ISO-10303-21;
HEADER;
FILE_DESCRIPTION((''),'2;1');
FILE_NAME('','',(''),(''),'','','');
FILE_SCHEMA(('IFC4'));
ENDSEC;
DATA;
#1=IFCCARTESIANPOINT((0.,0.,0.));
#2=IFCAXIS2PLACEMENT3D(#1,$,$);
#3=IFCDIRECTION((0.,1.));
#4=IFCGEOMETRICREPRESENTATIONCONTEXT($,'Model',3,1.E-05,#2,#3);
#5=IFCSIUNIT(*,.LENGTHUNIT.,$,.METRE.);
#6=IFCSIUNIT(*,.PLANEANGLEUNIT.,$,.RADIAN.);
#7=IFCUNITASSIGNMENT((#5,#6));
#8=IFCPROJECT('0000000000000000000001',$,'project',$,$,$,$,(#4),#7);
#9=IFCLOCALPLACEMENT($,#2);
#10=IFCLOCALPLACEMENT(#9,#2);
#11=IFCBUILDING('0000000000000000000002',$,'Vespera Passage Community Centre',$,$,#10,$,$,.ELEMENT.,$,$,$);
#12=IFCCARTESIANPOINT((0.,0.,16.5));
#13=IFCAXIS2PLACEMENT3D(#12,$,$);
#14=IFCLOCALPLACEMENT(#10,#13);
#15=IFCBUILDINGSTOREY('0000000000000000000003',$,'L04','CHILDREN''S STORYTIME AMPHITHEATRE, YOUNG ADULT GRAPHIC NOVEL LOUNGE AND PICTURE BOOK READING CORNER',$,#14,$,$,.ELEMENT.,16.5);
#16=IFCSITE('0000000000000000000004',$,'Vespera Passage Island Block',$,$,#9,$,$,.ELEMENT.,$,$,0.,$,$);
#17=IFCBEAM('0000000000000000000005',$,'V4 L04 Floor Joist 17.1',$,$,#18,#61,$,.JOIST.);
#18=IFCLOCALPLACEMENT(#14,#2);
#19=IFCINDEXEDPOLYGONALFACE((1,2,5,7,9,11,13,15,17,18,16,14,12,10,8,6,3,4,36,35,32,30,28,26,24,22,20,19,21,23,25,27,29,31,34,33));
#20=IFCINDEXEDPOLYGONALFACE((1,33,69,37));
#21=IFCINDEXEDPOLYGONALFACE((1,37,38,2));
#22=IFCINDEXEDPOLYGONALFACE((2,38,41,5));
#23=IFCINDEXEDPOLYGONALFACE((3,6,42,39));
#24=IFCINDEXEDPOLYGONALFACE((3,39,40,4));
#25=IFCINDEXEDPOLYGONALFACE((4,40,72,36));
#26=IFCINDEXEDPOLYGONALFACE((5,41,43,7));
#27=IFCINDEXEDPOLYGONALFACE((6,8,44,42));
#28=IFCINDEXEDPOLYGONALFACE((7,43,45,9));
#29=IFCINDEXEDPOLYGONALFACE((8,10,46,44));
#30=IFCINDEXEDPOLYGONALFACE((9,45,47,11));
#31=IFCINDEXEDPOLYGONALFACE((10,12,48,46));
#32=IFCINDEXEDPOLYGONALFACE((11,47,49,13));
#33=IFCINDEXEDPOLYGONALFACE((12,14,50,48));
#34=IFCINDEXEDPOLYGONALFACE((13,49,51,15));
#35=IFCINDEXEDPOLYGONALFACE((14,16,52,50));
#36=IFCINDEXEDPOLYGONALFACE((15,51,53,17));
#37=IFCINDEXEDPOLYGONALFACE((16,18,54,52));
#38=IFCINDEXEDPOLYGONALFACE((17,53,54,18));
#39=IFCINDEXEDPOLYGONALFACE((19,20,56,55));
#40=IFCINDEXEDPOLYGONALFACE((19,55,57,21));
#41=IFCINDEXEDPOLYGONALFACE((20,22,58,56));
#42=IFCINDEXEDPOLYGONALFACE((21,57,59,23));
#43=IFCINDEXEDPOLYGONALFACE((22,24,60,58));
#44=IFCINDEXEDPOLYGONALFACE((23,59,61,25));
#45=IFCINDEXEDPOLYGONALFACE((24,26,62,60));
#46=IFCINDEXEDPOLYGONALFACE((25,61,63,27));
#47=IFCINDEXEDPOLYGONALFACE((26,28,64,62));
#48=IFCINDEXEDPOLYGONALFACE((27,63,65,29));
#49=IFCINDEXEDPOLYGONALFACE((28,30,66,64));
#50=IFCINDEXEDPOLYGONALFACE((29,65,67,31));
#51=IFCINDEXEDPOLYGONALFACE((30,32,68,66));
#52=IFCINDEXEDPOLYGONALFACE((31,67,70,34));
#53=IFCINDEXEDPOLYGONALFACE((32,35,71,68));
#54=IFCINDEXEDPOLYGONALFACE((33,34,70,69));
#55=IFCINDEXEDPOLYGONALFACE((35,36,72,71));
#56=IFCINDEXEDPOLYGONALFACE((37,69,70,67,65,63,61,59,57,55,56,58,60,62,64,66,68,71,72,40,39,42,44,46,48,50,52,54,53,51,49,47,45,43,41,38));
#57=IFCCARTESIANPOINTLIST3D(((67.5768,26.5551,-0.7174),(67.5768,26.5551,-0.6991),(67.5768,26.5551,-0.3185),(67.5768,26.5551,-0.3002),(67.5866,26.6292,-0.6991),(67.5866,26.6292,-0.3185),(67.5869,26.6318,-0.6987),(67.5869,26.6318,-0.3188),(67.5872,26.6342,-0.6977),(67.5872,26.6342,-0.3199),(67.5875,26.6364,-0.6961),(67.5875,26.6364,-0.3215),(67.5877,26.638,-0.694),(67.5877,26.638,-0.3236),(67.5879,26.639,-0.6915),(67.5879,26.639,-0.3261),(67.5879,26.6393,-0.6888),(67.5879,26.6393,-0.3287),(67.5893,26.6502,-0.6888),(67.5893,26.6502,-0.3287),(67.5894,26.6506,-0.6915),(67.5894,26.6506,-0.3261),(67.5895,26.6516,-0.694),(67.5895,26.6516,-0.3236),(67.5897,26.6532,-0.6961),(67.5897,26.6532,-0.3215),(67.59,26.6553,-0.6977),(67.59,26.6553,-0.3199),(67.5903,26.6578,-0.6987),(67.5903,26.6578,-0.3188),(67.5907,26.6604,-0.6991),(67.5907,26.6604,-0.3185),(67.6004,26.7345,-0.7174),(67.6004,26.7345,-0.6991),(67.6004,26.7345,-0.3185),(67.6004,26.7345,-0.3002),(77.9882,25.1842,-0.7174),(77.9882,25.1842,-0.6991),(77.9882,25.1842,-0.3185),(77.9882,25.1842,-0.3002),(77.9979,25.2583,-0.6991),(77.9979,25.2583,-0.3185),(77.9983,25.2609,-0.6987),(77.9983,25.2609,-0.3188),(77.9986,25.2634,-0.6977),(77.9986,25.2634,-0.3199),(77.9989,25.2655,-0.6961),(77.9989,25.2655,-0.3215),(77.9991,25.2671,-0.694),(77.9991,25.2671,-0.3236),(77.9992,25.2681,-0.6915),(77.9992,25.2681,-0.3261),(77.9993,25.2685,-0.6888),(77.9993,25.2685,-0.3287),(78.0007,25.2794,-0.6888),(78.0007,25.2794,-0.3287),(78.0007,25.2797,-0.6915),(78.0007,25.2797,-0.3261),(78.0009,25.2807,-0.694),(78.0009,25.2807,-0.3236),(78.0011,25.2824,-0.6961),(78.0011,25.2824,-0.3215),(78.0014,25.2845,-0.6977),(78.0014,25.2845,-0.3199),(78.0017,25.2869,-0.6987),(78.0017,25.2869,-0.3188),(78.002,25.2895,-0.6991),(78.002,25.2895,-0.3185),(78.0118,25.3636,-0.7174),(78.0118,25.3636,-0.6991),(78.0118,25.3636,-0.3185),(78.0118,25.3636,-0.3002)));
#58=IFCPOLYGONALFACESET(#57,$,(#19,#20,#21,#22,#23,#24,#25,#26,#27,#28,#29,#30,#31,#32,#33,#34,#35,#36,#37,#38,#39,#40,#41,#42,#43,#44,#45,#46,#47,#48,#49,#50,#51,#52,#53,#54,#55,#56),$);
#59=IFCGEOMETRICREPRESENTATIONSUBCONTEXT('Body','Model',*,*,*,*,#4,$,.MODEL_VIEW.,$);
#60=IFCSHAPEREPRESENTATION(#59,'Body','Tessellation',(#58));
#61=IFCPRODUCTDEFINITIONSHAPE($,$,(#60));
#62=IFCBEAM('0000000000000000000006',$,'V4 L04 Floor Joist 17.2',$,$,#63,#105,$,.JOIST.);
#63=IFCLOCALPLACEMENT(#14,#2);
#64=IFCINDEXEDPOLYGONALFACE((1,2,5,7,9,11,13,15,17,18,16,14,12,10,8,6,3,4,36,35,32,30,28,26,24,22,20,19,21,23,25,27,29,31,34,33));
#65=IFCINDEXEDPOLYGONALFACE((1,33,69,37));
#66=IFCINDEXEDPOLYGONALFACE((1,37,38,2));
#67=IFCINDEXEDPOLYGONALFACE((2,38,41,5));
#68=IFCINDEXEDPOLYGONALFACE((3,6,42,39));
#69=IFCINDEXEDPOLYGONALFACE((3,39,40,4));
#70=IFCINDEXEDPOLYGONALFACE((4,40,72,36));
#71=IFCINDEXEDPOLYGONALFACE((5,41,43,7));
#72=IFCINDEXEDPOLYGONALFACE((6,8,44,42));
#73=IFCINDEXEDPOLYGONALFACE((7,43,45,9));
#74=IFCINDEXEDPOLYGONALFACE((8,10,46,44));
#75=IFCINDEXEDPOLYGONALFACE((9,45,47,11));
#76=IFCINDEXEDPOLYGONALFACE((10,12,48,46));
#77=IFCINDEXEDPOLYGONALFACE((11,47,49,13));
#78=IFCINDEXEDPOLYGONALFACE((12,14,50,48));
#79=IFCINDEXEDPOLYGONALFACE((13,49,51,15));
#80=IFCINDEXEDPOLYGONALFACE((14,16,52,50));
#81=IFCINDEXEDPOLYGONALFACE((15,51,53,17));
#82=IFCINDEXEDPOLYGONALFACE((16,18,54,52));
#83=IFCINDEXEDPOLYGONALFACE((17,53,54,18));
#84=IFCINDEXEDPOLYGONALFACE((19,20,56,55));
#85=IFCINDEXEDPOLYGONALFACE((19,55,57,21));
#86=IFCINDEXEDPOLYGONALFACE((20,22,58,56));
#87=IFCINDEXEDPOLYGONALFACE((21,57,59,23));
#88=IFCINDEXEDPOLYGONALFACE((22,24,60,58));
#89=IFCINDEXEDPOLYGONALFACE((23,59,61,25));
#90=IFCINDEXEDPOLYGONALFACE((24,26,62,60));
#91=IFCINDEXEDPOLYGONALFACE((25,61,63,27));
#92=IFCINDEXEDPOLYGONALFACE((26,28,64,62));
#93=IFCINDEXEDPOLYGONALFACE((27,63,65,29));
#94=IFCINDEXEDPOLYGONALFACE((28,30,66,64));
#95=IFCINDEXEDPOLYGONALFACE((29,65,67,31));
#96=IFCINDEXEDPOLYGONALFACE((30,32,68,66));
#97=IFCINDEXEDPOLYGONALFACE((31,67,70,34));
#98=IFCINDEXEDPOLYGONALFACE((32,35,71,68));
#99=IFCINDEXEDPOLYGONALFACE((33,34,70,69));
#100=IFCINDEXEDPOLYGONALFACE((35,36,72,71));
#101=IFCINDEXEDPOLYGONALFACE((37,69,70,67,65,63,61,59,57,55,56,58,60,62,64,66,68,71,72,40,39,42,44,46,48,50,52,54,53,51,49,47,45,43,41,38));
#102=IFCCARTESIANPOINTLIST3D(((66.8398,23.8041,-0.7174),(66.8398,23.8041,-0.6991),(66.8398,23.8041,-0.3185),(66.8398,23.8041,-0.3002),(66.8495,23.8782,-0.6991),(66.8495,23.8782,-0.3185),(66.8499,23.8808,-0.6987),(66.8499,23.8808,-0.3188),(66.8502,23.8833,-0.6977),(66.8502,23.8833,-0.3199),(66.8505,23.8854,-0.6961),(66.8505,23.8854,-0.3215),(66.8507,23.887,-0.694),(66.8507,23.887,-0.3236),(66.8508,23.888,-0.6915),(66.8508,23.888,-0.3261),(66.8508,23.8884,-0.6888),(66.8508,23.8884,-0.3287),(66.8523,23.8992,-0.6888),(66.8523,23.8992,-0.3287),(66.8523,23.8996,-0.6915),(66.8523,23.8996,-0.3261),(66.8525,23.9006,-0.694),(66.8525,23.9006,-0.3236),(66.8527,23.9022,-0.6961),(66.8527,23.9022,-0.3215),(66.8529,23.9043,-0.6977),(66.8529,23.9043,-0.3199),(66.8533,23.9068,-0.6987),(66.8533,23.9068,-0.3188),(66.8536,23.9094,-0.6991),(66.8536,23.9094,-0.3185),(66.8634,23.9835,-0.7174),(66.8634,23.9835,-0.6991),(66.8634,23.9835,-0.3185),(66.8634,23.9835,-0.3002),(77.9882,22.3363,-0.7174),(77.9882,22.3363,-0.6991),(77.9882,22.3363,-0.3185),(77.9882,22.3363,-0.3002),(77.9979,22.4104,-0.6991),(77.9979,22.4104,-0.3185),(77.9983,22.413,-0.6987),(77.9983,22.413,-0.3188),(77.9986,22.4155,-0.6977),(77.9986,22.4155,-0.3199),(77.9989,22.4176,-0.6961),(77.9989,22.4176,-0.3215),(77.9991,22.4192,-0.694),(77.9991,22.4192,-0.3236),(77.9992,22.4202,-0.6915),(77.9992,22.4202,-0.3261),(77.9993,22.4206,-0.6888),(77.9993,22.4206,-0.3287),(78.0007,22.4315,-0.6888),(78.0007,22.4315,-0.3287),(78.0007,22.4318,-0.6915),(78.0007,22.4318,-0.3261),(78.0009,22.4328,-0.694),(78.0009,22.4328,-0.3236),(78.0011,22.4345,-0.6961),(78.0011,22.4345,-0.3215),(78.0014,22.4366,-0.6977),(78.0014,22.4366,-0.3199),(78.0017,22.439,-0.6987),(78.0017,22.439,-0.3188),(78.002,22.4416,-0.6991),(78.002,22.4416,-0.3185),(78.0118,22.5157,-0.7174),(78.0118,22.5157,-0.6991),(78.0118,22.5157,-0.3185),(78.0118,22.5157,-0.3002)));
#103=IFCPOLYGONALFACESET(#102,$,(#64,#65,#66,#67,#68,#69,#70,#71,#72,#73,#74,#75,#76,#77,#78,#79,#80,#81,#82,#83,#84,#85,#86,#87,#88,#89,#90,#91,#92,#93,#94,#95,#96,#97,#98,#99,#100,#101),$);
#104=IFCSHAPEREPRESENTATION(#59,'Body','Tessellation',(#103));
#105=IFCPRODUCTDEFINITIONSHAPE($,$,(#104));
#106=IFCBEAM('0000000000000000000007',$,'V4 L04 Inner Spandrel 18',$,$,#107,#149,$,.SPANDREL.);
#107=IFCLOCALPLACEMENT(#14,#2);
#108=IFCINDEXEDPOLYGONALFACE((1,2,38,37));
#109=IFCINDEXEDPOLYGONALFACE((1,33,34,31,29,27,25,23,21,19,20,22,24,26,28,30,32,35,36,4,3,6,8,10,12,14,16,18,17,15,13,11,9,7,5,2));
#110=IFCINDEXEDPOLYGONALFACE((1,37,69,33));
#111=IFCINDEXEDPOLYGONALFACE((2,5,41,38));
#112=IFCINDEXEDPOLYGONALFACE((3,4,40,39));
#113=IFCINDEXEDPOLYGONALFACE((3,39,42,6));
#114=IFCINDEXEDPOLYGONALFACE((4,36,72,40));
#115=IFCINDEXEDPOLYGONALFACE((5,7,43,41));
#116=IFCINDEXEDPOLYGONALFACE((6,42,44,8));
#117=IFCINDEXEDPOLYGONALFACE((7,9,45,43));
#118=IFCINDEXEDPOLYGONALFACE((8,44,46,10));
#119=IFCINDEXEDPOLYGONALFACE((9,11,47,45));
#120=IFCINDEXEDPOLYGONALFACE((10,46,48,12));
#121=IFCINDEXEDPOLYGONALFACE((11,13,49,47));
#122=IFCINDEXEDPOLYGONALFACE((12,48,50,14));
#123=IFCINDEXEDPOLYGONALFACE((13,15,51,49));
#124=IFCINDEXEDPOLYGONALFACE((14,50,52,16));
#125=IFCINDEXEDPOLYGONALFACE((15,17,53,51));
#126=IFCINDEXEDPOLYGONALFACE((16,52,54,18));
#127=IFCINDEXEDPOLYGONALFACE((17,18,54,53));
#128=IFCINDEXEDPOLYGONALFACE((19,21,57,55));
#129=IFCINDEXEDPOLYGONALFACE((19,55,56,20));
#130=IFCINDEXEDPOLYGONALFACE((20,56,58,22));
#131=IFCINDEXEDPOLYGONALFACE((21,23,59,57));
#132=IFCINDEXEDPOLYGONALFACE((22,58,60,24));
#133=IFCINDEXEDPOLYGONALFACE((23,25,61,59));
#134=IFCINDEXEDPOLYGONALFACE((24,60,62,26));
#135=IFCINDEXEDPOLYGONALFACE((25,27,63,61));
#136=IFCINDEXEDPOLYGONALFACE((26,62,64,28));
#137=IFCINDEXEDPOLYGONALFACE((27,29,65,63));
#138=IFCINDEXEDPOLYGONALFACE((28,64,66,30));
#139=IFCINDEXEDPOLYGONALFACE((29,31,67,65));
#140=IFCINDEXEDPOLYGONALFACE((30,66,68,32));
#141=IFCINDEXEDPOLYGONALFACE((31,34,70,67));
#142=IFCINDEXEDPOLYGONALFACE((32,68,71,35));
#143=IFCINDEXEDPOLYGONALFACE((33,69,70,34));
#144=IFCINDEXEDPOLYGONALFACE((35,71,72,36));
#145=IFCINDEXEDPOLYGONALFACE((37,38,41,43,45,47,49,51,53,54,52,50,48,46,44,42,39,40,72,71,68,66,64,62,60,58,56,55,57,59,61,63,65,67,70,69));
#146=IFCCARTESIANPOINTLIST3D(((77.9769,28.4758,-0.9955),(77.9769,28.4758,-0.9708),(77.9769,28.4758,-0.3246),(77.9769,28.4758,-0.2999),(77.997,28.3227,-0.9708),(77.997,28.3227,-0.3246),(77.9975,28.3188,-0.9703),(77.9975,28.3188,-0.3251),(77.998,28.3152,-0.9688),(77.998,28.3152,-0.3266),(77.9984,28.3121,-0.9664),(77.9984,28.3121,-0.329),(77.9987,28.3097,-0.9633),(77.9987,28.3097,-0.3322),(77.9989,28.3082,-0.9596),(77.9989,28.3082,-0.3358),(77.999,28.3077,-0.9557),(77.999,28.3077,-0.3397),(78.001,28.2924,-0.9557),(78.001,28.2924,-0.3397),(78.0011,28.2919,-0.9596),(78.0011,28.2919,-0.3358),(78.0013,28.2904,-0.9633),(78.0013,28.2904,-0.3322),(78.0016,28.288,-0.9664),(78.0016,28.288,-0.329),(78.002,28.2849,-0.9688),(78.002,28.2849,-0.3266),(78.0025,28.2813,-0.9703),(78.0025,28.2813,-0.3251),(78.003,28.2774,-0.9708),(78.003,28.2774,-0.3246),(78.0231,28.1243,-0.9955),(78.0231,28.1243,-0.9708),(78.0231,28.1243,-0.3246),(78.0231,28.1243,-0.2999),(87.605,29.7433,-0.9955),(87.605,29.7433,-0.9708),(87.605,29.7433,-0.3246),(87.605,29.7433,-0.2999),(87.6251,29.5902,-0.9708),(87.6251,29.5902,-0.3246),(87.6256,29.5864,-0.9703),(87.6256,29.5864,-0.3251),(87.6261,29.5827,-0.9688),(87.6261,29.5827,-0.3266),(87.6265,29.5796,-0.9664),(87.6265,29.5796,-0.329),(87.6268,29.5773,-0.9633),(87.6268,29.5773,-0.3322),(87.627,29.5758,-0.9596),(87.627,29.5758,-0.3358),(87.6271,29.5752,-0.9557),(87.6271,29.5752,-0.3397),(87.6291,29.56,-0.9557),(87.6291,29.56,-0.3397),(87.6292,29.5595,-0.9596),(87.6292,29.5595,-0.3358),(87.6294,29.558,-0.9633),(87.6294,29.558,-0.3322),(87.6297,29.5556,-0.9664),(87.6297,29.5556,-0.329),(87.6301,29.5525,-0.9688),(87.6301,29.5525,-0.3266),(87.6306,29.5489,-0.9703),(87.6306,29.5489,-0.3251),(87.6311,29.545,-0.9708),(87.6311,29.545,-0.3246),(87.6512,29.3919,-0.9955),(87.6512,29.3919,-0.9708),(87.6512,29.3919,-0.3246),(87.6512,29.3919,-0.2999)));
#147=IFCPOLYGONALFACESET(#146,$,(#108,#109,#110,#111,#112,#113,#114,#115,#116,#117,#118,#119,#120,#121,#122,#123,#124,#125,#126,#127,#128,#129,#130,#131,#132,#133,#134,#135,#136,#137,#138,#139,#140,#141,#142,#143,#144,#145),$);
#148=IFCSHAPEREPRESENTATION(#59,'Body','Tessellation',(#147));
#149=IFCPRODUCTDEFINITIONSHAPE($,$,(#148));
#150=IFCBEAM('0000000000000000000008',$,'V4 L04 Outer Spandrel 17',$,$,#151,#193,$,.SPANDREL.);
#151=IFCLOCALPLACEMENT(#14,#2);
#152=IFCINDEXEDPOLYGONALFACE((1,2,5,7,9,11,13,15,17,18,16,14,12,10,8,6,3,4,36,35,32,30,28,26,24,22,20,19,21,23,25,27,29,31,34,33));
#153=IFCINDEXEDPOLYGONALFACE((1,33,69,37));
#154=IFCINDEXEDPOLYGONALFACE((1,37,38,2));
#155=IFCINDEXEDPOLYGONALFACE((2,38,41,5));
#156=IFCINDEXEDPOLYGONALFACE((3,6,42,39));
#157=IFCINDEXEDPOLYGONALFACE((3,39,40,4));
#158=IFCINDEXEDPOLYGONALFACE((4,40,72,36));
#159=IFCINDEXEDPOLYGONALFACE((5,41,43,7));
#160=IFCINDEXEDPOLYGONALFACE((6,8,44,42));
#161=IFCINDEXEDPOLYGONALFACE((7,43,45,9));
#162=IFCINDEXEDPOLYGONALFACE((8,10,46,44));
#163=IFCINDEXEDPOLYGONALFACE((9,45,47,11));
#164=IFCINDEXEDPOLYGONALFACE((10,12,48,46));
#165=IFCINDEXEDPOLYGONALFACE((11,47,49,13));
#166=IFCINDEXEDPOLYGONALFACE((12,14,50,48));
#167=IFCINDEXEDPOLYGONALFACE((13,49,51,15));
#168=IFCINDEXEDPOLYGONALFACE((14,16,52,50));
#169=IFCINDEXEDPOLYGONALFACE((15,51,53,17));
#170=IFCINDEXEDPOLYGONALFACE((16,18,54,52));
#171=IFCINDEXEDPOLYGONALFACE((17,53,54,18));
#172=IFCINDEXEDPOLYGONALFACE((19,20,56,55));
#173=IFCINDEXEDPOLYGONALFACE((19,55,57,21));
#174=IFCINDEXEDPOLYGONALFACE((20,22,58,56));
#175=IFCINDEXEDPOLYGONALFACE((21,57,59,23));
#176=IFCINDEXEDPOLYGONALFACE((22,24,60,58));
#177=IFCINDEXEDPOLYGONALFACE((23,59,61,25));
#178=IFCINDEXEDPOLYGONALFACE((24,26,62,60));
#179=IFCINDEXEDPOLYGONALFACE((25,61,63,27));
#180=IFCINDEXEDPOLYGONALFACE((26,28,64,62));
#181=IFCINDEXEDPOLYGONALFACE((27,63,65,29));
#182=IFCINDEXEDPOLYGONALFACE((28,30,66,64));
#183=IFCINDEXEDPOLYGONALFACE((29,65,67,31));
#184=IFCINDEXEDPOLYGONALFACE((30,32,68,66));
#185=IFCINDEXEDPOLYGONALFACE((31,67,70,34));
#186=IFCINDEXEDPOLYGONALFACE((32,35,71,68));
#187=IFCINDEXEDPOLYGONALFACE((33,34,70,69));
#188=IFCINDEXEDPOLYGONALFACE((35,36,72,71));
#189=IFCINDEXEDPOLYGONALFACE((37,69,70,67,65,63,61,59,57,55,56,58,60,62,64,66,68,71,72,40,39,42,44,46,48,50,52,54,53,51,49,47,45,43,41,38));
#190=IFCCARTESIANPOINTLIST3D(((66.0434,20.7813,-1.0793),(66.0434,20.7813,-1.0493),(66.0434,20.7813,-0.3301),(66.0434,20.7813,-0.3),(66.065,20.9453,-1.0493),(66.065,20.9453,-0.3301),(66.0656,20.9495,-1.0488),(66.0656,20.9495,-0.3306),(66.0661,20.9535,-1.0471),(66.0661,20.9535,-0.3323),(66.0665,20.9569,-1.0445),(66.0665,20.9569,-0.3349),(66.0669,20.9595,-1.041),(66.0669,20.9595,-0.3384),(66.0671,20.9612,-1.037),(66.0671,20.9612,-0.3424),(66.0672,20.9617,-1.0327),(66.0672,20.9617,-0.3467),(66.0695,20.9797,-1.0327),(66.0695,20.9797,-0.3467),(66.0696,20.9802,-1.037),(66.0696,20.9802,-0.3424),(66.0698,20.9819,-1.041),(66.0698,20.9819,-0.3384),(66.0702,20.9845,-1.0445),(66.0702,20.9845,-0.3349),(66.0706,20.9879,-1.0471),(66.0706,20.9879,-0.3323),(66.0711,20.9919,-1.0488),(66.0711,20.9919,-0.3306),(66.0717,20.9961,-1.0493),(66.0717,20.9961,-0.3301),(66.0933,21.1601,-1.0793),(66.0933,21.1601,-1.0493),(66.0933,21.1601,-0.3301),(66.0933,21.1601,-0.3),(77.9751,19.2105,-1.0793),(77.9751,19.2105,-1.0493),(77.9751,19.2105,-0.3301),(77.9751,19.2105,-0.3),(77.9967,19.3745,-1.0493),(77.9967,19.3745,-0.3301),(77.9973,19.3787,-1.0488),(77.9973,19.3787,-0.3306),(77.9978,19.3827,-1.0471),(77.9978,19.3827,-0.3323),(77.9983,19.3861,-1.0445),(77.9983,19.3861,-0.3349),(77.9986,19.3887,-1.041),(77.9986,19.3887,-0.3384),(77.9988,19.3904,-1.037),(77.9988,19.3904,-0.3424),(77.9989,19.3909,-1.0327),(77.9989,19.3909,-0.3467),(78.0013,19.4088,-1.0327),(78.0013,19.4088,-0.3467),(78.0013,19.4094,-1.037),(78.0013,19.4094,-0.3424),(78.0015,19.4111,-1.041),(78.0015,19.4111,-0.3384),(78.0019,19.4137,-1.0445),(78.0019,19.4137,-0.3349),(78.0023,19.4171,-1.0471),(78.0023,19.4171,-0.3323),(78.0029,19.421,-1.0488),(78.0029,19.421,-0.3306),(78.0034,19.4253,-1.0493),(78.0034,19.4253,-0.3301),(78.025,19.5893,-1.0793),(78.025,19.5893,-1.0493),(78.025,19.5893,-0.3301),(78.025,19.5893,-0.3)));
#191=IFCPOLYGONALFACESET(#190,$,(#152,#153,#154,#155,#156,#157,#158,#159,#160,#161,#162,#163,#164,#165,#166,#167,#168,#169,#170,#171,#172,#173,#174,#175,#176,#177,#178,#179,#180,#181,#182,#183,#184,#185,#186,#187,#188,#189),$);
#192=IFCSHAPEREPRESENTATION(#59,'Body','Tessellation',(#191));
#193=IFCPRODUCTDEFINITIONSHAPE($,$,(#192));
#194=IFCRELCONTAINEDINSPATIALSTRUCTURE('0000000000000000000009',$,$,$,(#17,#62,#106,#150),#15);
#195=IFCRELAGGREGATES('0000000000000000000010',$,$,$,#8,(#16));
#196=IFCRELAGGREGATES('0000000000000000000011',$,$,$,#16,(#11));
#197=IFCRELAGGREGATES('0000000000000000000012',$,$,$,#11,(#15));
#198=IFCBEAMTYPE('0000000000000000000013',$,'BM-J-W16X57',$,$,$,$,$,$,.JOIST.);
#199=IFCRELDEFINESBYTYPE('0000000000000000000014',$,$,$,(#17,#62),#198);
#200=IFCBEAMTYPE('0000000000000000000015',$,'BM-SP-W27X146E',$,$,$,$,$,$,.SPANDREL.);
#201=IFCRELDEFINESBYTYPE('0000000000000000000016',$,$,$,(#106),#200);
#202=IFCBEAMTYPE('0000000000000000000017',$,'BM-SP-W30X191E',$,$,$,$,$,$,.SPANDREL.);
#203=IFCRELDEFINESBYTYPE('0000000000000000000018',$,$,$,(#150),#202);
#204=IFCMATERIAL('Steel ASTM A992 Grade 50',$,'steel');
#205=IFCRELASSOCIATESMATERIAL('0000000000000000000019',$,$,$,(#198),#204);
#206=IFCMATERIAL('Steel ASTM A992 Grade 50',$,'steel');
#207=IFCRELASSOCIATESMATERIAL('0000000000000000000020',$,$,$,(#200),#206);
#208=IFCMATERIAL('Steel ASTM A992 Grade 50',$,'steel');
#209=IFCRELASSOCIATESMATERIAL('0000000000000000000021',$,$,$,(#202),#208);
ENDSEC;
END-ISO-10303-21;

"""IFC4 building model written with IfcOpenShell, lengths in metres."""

from ifc_helpers import new_model, si_unit, direction, frame, origin, origin_2d, place, context, subcontext, project, spatial, i_section, extrude, material, material_profile, profile_set, type_object, element, save


model = new_model("IFC4")

# Units and contexts
model_context = context("Model", 3, precision=1e-05, world=origin(), true_north=direction((0.0, 1.0)))
body_context = subcontext(model_context, "Body", "Model", "MODEL_VIEW")
ifc_project = project(units=[si_unit("LENGTHUNIT", "METRE"), si_unit("PLANEANGLEUNIT", "RADIAN")], contexts=[model_context])

# Site, building, storey
site_placement = place(None, origin())
site = spatial("IfcSite", under=ifc_project, at=site_placement, Name="Vespera Passage Island Block", CompositionType="ELEMENT", RefElevation=0.0)
building_placement = place(site_placement, origin())
building = spatial("IfcBuilding", under=site, at=building_placement, Name="Vespera Passage Community Centre", CompositionType="ELEMENT")
storey_placement = place(building_placement, frame((0.0, 0.0, 16.5)))
storey = spatial("IfcBuildingStorey", under=building, at=storey_placement, Name="L04", Description="CHILDREN'S STORYTIME AMPHITHEATRE, YOUNG ADULT GRAPHIC NOVEL LOUNGE AND PICTURE BOOK READING CORNER", CompositionType="ELEMENT", Elevation=16.5)

# Beams
ifc_material_1 = material(Name="Steel ASTM A992 Grade 50", Category="steel")
ifc_material_profile_1 = material_profile(ifc_material_1, i_section(OverallWidth=0.1809, OverallDepth=0.4172, WebThickness=0.011, FlangeThickness=0.0183, FilletRadius=0.0103, at=origin_2d()), Name="W16X57")
ifc_profile_set_1 = profile_set([ifc_material_profile_1], Name="Steel ASTM A992 Grade 50")
beam_type_1 = type_object("IfcBeamType", Name="BM-J-W16X57", PredefinedType="JOIST", material=ifc_profile_set_1)
beam_1_placement = place(storey_placement, frame((67.5886, 26.6448, -0.5088), z_axis=(0.991443, -0.130542, 0.0), x_axis=(0.130542, 0.991443, 0.0)))
element("IfcBeam", 1, at=beam_1_placement, inside=storey, type_object=beam_type_1, Name="V4 L04 Floor Joist 17.1", PredefinedType="JOIST", context=body_context, shape_type="SweptSolid", body=[
    extrude(i_section(OverallWidth=0.1809, OverallDepth=0.4172, WebThickness=0.011, FlangeThickness=0.0183, FilletRadius=0.0103, at=origin_2d()), origin(), (0.0, 0.0, 1.0), 10.5012),
])
beam_2_placement = place(storey_placement, frame((66.8516, 23.8938, -0.5088), z_axis=(0.991444, -0.130531, 0.0), x_axis=(0.130531, 0.991444, 0.0)))
element("IfcBeam", 2, at=beam_2_placement, inside=storey, type_object=beam_type_1, Name="V4 L04 Floor Joist 17.2", PredefinedType="JOIST", context=body_context, shape_type="SweptSolid", body=[
    extrude(i_section(OverallWidth=0.1809, OverallDepth=0.4172, WebThickness=0.011, FlangeThickness=0.0183, FilletRadius=0.0103, at=origin_2d()), origin(), (0.0, 0.0, 1.0), 11.2446),
])
ifc_material_2 = material(Name="Steel ASTM A992 Grade 50", Category="steel")
ifc_material_profile_2 = material_profile(ifc_material_2, i_section(OverallWidth=0.3545, OverallDepth=0.6956, WebThickness=0.0154, FlangeThickness=0.0247, FilletRadius=0.0151, at=origin_2d()), Name="W27X146")
ifc_profile_set_2 = profile_set([ifc_material_profile_2], Name="Steel ASTM A992 Grade 50")
beam_type_2 = type_object("IfcBeamType", Name="BM-SP-W27X146E", PredefinedType="SPANDREL", material=ifc_profile_set_2)
beam_3_placement = place(storey_placement, frame((78.0, 28.3, -0.6477), z_axis=(0.991445, 0.130527, 0.0), x_axis=(-0.130527, 0.991445, 0.0)))
element("IfcBeam", 3, at=beam_3_placement, inside=storey, type_object=beam_type_2, Name="V4 L04 Inner Spandrel 18", PredefinedType="SPANDREL", context=body_context, shape_type="SweptSolid", body=[
    extrude(i_section(OverallWidth=0.3545, OverallDepth=0.6956, WebThickness=0.0154, FlangeThickness=0.0247, FilletRadius=0.0151, at=origin_2d()), origin(), (0.0, 0.0, 1.0), 9.7112),
])
ifc_material_3 = material(Name="Steel ASTM A992 Grade 50", Category="steel")
ifc_material_profile_3 = material_profile(ifc_material_3, i_section(OverallWidth=0.3821, OverallDepth=0.7793, WebThickness=0.0181, FlangeThickness=0.03, FilletRadius=0.0166, at=origin_2d()), Name="W30X191")
ifc_profile_set_3 = profile_set([ifc_material_profile_3], Name="Steel ASTM A992 Grade 50")
beam_type_3 = type_object("IfcBeamType", Name="BM-SP-W30X191E", PredefinedType="SPANDREL", material=ifc_profile_set_3)
for number, where, z_axis, x_axis, name in (
    (4, (66.0684, 20.9707, -0.6897), (0.991445, -0.130524, 0.0), (0.130524, 0.991445, 0.0), "V4 L04 Outer Spandrel 17"),
):
    element("IfcBeam", number, at=place(storey_placement, frame(where, z_axis=z_axis, x_axis=x_axis)), inside=storey, type_object=beam_type_3, Name=name, PredefinedType="SPANDREL", context=body_context, shape_type="SweptSolid", body=[
        extrude(i_section(OverallWidth=0.3821, OverallDepth=0.7793, WebThickness=0.0181, FlangeThickness=0.03, FilletRadius=0.0166, at=origin_2d()), origin(), (0.0, 0.0, 1.0), 12.0347),
    ])

save(model, "model.ifc")
